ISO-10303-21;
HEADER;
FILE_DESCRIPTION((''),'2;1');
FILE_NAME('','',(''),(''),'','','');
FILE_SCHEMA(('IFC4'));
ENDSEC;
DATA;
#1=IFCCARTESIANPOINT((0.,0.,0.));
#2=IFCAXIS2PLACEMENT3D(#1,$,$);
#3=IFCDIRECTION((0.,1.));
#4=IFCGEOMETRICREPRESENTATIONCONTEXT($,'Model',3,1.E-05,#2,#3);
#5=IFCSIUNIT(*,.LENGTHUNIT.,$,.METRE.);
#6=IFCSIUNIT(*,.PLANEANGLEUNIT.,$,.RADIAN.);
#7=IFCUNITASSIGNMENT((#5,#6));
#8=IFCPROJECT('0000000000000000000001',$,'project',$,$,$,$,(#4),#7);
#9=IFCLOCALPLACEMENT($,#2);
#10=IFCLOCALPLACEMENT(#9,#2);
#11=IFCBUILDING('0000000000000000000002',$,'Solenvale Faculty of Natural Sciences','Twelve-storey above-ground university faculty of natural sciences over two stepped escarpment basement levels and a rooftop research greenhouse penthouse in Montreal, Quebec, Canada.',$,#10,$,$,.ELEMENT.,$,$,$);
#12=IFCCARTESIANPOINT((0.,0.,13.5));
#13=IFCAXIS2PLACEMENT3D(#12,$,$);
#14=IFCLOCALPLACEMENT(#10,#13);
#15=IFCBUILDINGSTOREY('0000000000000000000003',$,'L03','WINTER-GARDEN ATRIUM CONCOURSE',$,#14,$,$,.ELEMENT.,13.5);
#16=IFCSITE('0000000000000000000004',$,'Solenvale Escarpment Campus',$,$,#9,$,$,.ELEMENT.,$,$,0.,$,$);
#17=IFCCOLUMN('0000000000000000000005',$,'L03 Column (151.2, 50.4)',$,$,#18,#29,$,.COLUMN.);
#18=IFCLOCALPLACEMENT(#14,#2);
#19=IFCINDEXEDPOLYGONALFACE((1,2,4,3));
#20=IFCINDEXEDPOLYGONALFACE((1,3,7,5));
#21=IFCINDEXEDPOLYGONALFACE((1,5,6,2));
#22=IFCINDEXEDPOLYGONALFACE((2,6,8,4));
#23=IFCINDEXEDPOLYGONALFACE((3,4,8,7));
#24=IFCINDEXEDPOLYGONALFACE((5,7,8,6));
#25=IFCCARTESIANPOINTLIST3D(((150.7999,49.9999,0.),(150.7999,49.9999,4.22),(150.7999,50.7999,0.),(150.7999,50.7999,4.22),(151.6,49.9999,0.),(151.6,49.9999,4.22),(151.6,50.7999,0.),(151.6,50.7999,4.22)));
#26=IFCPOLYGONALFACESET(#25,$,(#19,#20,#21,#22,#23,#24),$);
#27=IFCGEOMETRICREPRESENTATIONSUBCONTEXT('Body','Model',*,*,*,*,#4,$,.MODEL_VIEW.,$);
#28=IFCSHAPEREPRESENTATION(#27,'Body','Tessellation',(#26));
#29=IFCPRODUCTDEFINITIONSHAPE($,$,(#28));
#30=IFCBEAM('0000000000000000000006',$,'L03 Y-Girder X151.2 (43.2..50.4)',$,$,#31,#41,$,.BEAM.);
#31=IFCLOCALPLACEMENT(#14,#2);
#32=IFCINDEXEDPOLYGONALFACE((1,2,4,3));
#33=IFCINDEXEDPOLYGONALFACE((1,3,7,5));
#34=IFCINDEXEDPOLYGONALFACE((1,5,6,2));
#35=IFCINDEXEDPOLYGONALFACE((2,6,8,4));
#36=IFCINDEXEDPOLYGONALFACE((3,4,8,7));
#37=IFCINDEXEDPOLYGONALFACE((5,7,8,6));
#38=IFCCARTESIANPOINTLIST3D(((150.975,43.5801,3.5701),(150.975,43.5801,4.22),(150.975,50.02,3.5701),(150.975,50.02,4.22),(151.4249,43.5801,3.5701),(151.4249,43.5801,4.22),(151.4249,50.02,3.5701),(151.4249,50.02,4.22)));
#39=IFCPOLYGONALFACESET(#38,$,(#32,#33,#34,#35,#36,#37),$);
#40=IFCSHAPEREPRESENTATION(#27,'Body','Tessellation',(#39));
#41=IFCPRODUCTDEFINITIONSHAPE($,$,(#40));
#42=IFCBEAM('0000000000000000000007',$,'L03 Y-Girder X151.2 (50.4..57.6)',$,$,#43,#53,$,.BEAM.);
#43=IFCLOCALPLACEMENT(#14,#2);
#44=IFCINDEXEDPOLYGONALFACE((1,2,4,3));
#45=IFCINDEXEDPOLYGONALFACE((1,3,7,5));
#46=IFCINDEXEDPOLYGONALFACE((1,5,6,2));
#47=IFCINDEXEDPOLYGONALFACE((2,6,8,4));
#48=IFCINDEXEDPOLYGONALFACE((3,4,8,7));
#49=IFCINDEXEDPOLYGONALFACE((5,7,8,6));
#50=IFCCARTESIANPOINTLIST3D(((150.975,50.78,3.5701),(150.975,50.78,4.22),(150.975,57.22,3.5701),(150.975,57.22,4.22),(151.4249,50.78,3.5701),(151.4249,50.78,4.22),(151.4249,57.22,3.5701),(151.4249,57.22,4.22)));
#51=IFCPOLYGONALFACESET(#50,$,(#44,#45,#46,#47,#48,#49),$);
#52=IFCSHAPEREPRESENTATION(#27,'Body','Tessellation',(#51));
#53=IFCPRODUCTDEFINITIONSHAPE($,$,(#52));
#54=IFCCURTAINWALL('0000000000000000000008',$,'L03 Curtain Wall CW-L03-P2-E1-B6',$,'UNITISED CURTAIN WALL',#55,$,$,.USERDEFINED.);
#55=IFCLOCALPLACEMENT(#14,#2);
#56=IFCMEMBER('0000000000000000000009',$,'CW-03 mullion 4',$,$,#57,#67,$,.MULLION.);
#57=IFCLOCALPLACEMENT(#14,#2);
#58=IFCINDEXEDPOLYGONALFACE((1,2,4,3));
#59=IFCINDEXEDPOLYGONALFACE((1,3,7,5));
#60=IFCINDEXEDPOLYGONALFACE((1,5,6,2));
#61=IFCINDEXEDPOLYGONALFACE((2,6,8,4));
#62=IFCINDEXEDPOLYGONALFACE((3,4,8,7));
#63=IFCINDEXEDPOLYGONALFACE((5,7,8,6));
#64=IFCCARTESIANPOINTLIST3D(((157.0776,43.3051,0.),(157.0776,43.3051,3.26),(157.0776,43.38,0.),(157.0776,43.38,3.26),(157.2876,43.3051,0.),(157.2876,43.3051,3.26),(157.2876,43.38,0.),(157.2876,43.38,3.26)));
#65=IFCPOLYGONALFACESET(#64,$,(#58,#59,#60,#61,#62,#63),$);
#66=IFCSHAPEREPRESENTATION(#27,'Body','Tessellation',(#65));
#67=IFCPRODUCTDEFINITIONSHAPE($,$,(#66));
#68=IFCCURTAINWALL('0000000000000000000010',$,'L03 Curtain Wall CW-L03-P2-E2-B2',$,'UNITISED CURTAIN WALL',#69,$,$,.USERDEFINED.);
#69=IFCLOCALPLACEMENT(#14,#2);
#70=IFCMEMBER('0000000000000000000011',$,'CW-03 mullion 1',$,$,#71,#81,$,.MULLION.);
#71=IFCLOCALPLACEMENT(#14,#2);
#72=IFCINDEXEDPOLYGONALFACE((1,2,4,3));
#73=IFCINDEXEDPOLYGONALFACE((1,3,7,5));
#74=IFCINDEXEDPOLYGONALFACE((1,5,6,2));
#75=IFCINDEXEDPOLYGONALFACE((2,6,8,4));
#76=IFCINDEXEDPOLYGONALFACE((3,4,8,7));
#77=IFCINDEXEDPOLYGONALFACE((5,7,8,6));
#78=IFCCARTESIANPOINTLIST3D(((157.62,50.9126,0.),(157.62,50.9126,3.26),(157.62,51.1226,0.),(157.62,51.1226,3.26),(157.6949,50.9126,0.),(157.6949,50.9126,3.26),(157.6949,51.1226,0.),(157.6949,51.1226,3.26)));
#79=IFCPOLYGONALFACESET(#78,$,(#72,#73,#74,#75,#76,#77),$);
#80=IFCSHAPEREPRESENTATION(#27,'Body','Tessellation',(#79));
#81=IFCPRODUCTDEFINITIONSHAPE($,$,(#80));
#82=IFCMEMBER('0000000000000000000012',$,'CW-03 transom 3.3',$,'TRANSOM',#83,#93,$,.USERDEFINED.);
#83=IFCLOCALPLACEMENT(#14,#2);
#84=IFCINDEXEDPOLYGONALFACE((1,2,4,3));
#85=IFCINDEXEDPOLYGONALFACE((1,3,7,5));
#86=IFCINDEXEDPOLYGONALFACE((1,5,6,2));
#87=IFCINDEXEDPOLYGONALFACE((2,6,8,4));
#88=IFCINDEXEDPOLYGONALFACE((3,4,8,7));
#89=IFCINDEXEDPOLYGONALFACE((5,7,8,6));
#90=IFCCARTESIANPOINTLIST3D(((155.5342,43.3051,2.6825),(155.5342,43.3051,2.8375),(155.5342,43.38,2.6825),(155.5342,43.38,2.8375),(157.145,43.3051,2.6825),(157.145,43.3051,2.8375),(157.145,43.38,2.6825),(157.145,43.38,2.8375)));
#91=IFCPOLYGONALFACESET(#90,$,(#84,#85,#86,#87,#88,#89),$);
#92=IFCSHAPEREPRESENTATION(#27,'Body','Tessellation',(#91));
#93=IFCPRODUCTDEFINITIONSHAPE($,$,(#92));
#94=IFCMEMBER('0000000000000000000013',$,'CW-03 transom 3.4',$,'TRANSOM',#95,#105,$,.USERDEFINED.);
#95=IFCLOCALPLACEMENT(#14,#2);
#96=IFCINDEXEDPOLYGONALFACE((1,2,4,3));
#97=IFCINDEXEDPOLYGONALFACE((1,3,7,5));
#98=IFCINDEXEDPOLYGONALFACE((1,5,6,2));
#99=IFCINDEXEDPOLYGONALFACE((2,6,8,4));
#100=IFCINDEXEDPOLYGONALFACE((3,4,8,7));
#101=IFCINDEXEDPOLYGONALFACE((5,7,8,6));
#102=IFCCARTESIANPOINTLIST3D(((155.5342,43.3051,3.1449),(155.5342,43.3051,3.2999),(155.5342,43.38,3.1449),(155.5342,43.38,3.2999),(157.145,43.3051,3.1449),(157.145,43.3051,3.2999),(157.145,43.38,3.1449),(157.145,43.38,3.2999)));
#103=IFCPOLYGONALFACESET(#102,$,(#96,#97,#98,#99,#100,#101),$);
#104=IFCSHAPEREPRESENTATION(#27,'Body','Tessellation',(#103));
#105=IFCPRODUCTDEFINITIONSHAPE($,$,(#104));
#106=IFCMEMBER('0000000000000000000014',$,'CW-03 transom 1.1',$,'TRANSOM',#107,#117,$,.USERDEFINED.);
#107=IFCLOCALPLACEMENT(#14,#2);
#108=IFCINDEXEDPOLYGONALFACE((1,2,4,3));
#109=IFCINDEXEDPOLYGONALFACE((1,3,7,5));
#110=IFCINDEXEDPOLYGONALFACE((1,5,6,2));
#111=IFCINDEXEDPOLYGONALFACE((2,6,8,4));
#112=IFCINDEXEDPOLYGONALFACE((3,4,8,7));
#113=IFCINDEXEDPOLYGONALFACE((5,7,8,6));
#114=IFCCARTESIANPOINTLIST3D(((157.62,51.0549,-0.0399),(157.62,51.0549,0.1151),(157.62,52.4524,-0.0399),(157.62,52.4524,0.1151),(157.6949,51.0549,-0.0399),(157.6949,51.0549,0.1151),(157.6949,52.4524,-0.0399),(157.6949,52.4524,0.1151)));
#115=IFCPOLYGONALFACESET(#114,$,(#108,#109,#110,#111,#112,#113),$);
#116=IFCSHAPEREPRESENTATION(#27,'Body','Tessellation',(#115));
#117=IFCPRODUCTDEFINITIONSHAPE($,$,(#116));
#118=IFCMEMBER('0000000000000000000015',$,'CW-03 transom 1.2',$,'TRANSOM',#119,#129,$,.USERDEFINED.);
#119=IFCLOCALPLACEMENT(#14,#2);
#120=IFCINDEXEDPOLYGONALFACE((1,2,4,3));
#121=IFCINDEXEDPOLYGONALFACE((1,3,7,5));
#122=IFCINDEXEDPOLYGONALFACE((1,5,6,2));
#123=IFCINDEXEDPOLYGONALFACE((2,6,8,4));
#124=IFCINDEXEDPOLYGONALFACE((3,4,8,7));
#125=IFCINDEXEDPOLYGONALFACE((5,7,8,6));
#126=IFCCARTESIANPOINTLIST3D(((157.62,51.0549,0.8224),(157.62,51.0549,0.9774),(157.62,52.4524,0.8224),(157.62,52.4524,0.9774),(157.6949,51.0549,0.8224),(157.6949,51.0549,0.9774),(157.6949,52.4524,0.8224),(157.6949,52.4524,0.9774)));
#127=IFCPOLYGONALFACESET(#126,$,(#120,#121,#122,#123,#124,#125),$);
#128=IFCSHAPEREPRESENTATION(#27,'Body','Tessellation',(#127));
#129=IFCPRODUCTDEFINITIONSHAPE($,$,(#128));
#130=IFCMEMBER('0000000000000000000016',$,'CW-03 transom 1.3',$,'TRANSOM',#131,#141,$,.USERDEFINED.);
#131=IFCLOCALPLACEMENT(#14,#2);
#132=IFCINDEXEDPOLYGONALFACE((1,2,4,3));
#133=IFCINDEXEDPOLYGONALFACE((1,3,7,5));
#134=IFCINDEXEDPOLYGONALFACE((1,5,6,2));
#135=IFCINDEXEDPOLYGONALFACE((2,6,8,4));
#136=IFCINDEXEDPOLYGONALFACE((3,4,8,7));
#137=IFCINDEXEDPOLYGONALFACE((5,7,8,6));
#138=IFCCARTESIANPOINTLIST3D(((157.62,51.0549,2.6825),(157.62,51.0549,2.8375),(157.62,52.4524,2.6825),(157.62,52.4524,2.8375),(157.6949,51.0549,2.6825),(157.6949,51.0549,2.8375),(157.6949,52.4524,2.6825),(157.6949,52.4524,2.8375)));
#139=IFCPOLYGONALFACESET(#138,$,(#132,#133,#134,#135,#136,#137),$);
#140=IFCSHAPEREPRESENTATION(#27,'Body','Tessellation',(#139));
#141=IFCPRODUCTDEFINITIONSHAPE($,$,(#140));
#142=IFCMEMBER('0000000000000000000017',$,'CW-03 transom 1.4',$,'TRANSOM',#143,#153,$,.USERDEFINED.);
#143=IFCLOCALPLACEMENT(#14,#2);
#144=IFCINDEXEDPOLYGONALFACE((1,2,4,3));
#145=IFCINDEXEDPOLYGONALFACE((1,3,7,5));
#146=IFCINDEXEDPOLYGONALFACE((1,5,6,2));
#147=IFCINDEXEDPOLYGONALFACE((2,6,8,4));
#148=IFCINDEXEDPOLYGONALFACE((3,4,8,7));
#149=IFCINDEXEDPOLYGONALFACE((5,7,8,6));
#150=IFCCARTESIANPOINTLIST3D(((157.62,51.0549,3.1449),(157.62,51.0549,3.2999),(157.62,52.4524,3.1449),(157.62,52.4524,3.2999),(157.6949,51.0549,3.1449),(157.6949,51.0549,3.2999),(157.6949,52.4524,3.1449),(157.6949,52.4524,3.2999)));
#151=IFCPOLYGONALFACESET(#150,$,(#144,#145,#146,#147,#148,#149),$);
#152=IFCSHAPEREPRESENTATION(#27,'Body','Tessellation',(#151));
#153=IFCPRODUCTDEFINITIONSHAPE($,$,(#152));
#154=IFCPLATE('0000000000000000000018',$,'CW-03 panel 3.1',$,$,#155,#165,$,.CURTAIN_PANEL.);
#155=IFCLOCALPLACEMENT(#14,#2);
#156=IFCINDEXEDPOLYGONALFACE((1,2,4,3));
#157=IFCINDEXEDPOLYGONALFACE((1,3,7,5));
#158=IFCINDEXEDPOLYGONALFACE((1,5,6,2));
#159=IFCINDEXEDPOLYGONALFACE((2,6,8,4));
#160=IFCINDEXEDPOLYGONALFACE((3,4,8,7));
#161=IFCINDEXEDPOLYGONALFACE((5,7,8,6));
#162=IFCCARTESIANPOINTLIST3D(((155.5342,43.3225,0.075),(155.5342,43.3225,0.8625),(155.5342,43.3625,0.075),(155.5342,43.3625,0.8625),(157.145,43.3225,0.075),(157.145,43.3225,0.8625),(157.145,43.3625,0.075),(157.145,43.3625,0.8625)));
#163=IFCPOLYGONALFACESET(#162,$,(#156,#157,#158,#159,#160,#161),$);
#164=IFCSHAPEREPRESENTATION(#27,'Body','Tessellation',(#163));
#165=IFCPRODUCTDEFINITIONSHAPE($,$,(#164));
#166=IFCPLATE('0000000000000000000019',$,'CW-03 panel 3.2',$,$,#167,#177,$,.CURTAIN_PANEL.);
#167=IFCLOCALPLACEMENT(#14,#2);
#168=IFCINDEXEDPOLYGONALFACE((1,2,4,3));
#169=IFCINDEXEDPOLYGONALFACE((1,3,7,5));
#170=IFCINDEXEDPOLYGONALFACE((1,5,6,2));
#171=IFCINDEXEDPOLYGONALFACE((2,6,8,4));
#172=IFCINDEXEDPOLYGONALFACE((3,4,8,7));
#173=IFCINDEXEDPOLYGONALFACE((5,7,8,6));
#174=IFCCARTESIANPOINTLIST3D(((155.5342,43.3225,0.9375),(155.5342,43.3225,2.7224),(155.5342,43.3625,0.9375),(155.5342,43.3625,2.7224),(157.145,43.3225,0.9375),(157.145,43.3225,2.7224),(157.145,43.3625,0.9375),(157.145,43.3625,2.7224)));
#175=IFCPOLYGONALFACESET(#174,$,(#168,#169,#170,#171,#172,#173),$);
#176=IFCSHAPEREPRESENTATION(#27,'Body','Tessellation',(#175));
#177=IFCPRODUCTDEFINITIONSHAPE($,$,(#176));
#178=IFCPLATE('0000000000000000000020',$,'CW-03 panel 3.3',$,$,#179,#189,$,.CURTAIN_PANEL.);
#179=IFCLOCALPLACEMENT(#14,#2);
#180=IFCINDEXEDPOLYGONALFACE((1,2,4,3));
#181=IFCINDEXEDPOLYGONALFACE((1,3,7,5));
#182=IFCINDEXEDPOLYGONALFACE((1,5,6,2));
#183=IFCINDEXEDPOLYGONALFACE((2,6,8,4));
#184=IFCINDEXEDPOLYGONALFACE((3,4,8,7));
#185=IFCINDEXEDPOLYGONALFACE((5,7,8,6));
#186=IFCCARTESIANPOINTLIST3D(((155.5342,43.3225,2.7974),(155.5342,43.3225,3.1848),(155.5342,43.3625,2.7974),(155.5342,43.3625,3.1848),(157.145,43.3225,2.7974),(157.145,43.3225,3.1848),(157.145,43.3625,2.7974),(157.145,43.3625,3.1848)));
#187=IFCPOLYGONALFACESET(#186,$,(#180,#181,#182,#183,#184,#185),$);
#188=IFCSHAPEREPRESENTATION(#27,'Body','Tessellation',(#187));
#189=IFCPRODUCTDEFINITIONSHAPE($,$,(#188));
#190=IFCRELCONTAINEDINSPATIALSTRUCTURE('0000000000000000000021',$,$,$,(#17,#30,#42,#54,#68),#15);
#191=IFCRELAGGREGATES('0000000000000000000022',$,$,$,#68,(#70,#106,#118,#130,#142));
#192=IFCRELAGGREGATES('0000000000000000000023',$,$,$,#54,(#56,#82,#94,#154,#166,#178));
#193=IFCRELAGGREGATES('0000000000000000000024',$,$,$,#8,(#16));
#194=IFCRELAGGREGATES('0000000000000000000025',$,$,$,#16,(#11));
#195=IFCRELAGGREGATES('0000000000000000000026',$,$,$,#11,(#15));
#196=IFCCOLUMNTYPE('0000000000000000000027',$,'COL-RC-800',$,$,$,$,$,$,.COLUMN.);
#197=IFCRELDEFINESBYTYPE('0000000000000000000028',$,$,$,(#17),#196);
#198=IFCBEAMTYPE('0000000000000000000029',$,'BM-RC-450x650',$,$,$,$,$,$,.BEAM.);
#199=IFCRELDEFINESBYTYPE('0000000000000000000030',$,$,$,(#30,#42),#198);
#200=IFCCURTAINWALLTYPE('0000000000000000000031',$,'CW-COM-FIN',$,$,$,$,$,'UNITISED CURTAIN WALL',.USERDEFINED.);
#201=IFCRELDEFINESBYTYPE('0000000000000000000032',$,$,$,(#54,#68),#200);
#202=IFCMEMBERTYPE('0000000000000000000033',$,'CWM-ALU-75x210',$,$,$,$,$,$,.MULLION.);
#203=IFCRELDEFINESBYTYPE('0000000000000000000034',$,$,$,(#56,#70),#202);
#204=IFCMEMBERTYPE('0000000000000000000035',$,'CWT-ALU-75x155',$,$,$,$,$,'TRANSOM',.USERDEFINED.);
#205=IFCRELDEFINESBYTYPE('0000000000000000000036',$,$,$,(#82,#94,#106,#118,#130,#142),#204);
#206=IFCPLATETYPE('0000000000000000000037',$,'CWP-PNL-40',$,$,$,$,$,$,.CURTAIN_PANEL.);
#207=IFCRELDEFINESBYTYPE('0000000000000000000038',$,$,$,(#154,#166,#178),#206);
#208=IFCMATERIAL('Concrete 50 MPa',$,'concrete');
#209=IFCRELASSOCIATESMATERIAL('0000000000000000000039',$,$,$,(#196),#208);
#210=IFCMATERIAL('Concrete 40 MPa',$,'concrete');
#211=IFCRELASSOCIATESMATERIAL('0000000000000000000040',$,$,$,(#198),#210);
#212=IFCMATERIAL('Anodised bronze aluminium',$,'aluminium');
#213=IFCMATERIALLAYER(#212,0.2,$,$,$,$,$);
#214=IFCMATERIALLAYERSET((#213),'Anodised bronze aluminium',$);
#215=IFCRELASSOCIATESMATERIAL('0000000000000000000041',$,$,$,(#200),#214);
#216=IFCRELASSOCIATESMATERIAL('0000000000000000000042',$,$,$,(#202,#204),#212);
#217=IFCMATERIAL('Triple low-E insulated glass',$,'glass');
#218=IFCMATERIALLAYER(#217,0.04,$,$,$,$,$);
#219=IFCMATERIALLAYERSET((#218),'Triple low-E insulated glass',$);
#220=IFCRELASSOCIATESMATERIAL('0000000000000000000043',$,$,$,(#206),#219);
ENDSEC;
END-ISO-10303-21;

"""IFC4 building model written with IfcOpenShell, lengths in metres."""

from ifc_helpers import new_model, si_unit, direction, frame, origin, origin_2d, place, context, subcontext, project, spatial, rectangle, extrude, material, layer, layer_set, material_profile, profile_set, type_object, element, aggregate, save


model = new_model("IFC4")

# Units and contexts
model_context = context("Model", 3, precision=1e-05, world=origin(), true_north=direction((0.0, 1.0)))
body_context = subcontext(model_context, "Body", "Model", "MODEL_VIEW")
ifc_project = project(units=[si_unit("LENGTHUNIT", "METRE"), si_unit("PLANEANGLEUNIT", "RADIAN")], contexts=[model_context])

# Site, building, storey
site_placement = place(None, origin())
site = spatial("IfcSite", under=ifc_project, at=site_placement, Name="Solenvale Escarpment Campus", CompositionType="ELEMENT", RefElevation=0.0)
building_placement = place(site_placement, origin())
building = spatial("IfcBuilding", under=site, at=building_placement, Name="Solenvale Faculty of Natural Sciences", Description="Twelve-storey above-ground university faculty of natural sciences over two stepped escarpment basement levels and a rooftop research greenhouse penthouse in Montreal, Quebec, Canada.", CompositionType="ELEMENT")
storey_placement = place(building_placement, frame((0.0, 0.0, 13.5)))
storey = spatial("IfcBuildingStorey", under=building, at=storey_placement, Name="L03", Description="WINTER-GARDEN ATRIUM CONCOURSE", CompositionType="ELEMENT", Elevation=13.5)

# Column
ifc_material_1 = material(Name="Concrete 50 MPa", Category="concrete")
ifc_material_profile_1 = material_profile(ifc_material_1, rectangle(XDim=0.8, YDim=0.8, at=origin_2d()), Name="RC-COL-800x800")
ifc_profile_set_1 = profile_set([ifc_material_profile_1], Name="Concrete 50 MPa")
column_type = type_object("IfcColumnType", Name="COL-RC-800", PredefinedType="COLUMN", material=ifc_profile_set_1)
column_placement = place(storey_placement, frame((151.2, 50.3999, 0.0), z_axis=(0.0, 0.0, 1.0), x_axis=(1.0, 0.0, 0.0)))
element("IfcColumn", 1, at=column_placement, inside=storey, type_object=column_type, Name="L03 Column (151.2, 50.4)", PredefinedType="COLUMN", context=body_context, shape_type="SweptSolid", body=[
    extrude(rectangle(XDim=0.8, YDim=0.8, at=origin_2d()), origin(), (0.0, 0.0, 1.0), 4.22),
])

# Beams
ifc_material_2 = material(Name="Concrete 40 MPa", Category="concrete")
ifc_material_profile_2 = material_profile(ifc_material_2, rectangle(XDim=0.45, YDim=0.6499, at=origin_2d()), Name="RC-BM-450x650")
ifc_profile_set_2 = profile_set([ifc_material_profile_2], Name="Concrete 40 MPa")
beam_type = type_object("IfcBeamType", Name="BM-RC-450x650", PredefinedType="BEAM", material=ifc_profile_set_2)
for number, where, z_axis, x_axis, name in (
    (2, (151.2, 43.5801, 3.895), (0.0, 1.0, 0.0), (-1.0, 0.0, 0.0), "L03 Y-Girder X151.2 (43.2..50.4)"),
    (3, (151.2, 50.78, 3.895), (0.0, 1.0, 0.0), (-1.0, 0.0, 0.0), "L03 Y-Girder X151.2 (50.4..57.6)"),
):
    element("IfcBeam", number, at=place(storey_placement, frame(where, z_axis=z_axis, x_axis=x_axis)), inside=storey, type_object=beam_type, Name=name, PredefinedType="BEAM", context=body_context, shape_type="SweptSolid", body=[
        extrude(rectangle(XDim=0.45, YDim=0.6499, at=origin_2d()), origin(), (0.0, 0.0, 1.0), 6.4399),
    ])

# Curtain walls, members
ifc_material_3 = material(Name="Anodised bronze aluminium", Category="aluminium")
ifc_layer_1 = layer(ifc_material_3, 0.2)
ifc_layer_set_1 = layer_set([ifc_layer_1], Name="Anodised bronze aluminium")
curtain_wall_type = type_object("IfcCurtainWallType", Name="CW-COM-FIN", ElementType="UNITISED CURTAIN WALL", PredefinedType="USERDEFINED", material=ifc_layer_set_1)
curtain_wall_1_placement = place(storey_placement, origin())
curtain_wall_1 = element("IfcCurtainWall", 4, at=curtain_wall_1_placement, inside=storey, type_object=curtain_wall_type, Name="L03 Curtain Wall CW-L03-P2-E1-B6", ObjectType="UNITISED CURTAIN WALL", PredefinedType="USERDEFINED")
ifc_material_profile_3 = material_profile(ifc_material_3, rectangle(XDim=0.075, YDim=0.21, at=origin_2d()), Name="ALU-MUL-75x210")
ifc_profile_set_3 = profile_set([ifc_material_profile_3], Name="Anodised bronze aluminium")
member_type_1 = type_object("IfcMemberType", Name="CWM-ALU-75x210", PredefinedType="MULLION", material=ifc_profile_set_3)
member_1_placement = place(storey_placement, frame((157.1826, 43.3425, 0.0), z_axis=(0.0, 0.0, 1.0), x_axis=(0.0, 1.0, 0.0)))
member_1 = element("IfcMember", 5, at=member_1_placement, type_object=member_type_1, Name="CW-03 mullion 4", PredefinedType="MULLION", context=body_context, shape_type="SweptSolid", body=[
    extrude(rectangle(XDim=0.075, YDim=0.21, at=origin_2d()), origin(), (0.0, 0.0, 1.0), 3.26),
])
curtain_wall_2_placement = place(storey_placement, origin())
curtain_wall_2 = element("IfcCurtainWall", 6, at=curtain_wall_2_placement, inside=storey, type_object=curtain_wall_type, Name="L03 Curtain Wall CW-L03-P2-E2-B2", ObjectType="UNITISED CURTAIN WALL", PredefinedType="USERDEFINED")
member_2_placement = place(storey_placement, frame((157.6575, 51.0176, 0.0), z_axis=(0.0, 0.0, 1.0), x_axis=(-1.0, 0.0, 0.0)))
member_2 = element("IfcMember", 7, at=member_2_placement, type_object=member_type_1, Name="CW-03 mullion 1", PredefinedType="MULLION", context=body_context, shape_type="SweptSolid", body=[
    extrude(rectangle(XDim=0.075, YDim=0.21, at=origin_2d()), origin(), (0.0, 0.0, 1.0), 3.26),
])

# Members
ifc_material_profile_4 = material_profile(ifc_material_3, rectangle(XDim=0.075, YDim=0.155, at=origin_2d()), Name="ALU-TRN-75x155")
ifc_profile_set_4 = profile_set([ifc_material_profile_4], Name="Anodised bronze aluminium")
member_type_2 = type_object("IfcMemberType", Name="CWT-ALU-75x155", ElementType="TRANSOM", PredefinedType="USERDEFINED", material=ifc_profile_set_4)
member_3_placement = place(storey_placement, frame((155.5342, 43.3425, 2.76), z_axis=(1.0, 0.0, 0.0), x_axis=(0.0, 1.0, 0.0)))
member_3 = element("IfcMember", 8, at=member_3_placement, type_object=member_type_2, Name="CW-03 transom 3.3", ObjectType="TRANSOM", PredefinedType="USERDEFINED", context=body_context, shape_type="SweptSolid", body=[
    extrude(rectangle(XDim=0.075, YDim=0.155, at=origin_2d()), origin(), (0.0, 0.0, 1.0), 1.6108),
])
member_4_placement = place(storey_placement, frame((155.5342, 43.3425, 3.2224), z_axis=(1.0, 0.0, 0.0), x_axis=(0.0, 1.0, 0.0)))
member_4 = element("IfcMember", 9, at=member_4_placement, type_object=member_type_2, Name="CW-03 transom 3.4", ObjectType="TRANSOM", PredefinedType="USERDEFINED", context=body_context, shape_type="SweptSolid", body=[
    extrude(rectangle(XDim=0.075, YDim=0.155, at=origin_2d()), origin(), (0.0, 0.0, 1.0), 1.6108),
])
member_5_placement = place(storey_placement, frame((157.6575, 51.0549, 0.0376), z_axis=(0.0, 1.0, 0.0), x_axis=(-1.0, 0.0, 0.0)))
member_5 = element("IfcMember", 10, at=member_5_placement, type_object=member_type_2, Name="CW-03 transom 1.1", ObjectType="TRANSOM", PredefinedType="USERDEFINED", context=body_context, shape_type="SweptSolid", body=[
    extrude(rectangle(XDim=0.075, YDim=0.155, at=origin_2d()), origin(), (0.0, 0.0, 1.0), 1.3975),
])
member_6_placement = place(storey_placement, frame((157.6575, 51.0549, 0.8999), z_axis=(0.0, 1.0, 0.0), x_axis=(-1.0, 0.0, 0.0)))
member_6 = element("IfcMember", 11, at=member_6_placement, type_object=member_type_2, Name="CW-03 transom 1.2", ObjectType="TRANSOM", PredefinedType="USERDEFINED", context=body_context, shape_type="SweptSolid", body=[
    extrude(rectangle(XDim=0.075, YDim=0.155, at=origin_2d()), origin(), (0.0, 0.0, 1.0), 1.3975),
])
member_7_placement = place(storey_placement, frame((157.6575, 51.0549, 2.76), z_axis=(0.0, 1.0, 0.0), x_axis=(-1.0, 0.0, 0.0)))
member_7 = element("IfcMember", 12, at=member_7_placement, type_object=member_type_2, Name="CW-03 transom 1.3", ObjectType="TRANSOM", PredefinedType="USERDEFINED", context=body_context, shape_type="SweptSolid", body=[
    extrude(rectangle(XDim=0.075, YDim=0.155, at=origin_2d()), origin(), (0.0, 0.0, 1.0), 1.3975),
])
member_8_placement = place(storey_placement, frame((157.6575, 51.0549, 3.2224), z_axis=(0.0, 1.0, 0.0), x_axis=(-1.0, 0.0, 0.0)))
member_8 = element("IfcMember", 13, at=member_8_placement, type_object=member_type_2, Name="CW-03 transom 1.4", ObjectType="TRANSOM", PredefinedType="USERDEFINED", context=body_context, shape_type="SweptSolid", body=[
    extrude(rectangle(XDim=0.075, YDim=0.155, at=origin_2d()), origin(), (0.0, 0.0, 1.0), 1.3975),
])
aggregate(curtain_wall_2, [member_2, member_5, member_6, member_7, member_8])

# Plates
ifc_material_4 = material(Name="Triple low-E insulated glass", Category="glass")
ifc_layer_2 = layer(ifc_material_4, 0.04)
ifc_layer_set_2 = layer_set([ifc_layer_2], Name="Triple low-E insulated glass")
plate_type = type_object("IfcPlateType", Name="CWP-PNL-40", PredefinedType="CURTAIN_PANEL", material=ifc_layer_set_2)
plate_1_placement = place(storey_placement, frame((156.3396, 43.3425, 0.075), z_axis=(0.0, 0.0, 1.0), x_axis=(1.0, 0.0, 0.0)))
plate_1 = element("IfcPlate", 14, at=plate_1_placement, type_object=plate_type, Name="CW-03 panel 3.1", PredefinedType="CURTAIN_PANEL", context=body_context, shape_type="SweptSolid", body=[
    extrude(rectangle(XDim=1.6108, YDim=0.04, at=origin_2d()), origin(), (0.0, 0.0, 1.0), 0.7876),
])
plate_2_placement = place(storey_placement, frame((156.3396, 43.3425, 0.9375), z_axis=(0.0, 0.0, 1.0), x_axis=(1.0, 0.0, 0.0)))
plate_2 = element("IfcPlate", 15, at=plate_2_placement, type_object=plate_type, Name="CW-03 panel 3.2", PredefinedType="CURTAIN_PANEL", context=body_context, shape_type="SweptSolid", body=[
    extrude(rectangle(XDim=1.6108, YDim=0.04, at=origin_2d()), origin(), (0.0, 0.0, 1.0), 1.7849),
])
plate_3_placement = place(storey_placement, frame((156.3396, 43.3425, 2.7974), z_axis=(0.0, 0.0, 1.0), x_axis=(1.0, 0.0, 0.0)))
plate_3 = element("IfcPlate", 16, at=plate_3_placement, type_object=plate_type, Name="CW-03 panel 3.3", PredefinedType="CURTAIN_PANEL", context=body_context, shape_type="SweptSolid", body=[
    extrude(rectangle(XDim=1.6108, YDim=0.04, at=origin_2d()), origin(), (0.0, 0.0, 1.0), 0.3875),
])
aggregate(curtain_wall_1, [member_1, member_3, member_4, plate_1, plate_2, plate_3])

save(model, "model.ifc")
